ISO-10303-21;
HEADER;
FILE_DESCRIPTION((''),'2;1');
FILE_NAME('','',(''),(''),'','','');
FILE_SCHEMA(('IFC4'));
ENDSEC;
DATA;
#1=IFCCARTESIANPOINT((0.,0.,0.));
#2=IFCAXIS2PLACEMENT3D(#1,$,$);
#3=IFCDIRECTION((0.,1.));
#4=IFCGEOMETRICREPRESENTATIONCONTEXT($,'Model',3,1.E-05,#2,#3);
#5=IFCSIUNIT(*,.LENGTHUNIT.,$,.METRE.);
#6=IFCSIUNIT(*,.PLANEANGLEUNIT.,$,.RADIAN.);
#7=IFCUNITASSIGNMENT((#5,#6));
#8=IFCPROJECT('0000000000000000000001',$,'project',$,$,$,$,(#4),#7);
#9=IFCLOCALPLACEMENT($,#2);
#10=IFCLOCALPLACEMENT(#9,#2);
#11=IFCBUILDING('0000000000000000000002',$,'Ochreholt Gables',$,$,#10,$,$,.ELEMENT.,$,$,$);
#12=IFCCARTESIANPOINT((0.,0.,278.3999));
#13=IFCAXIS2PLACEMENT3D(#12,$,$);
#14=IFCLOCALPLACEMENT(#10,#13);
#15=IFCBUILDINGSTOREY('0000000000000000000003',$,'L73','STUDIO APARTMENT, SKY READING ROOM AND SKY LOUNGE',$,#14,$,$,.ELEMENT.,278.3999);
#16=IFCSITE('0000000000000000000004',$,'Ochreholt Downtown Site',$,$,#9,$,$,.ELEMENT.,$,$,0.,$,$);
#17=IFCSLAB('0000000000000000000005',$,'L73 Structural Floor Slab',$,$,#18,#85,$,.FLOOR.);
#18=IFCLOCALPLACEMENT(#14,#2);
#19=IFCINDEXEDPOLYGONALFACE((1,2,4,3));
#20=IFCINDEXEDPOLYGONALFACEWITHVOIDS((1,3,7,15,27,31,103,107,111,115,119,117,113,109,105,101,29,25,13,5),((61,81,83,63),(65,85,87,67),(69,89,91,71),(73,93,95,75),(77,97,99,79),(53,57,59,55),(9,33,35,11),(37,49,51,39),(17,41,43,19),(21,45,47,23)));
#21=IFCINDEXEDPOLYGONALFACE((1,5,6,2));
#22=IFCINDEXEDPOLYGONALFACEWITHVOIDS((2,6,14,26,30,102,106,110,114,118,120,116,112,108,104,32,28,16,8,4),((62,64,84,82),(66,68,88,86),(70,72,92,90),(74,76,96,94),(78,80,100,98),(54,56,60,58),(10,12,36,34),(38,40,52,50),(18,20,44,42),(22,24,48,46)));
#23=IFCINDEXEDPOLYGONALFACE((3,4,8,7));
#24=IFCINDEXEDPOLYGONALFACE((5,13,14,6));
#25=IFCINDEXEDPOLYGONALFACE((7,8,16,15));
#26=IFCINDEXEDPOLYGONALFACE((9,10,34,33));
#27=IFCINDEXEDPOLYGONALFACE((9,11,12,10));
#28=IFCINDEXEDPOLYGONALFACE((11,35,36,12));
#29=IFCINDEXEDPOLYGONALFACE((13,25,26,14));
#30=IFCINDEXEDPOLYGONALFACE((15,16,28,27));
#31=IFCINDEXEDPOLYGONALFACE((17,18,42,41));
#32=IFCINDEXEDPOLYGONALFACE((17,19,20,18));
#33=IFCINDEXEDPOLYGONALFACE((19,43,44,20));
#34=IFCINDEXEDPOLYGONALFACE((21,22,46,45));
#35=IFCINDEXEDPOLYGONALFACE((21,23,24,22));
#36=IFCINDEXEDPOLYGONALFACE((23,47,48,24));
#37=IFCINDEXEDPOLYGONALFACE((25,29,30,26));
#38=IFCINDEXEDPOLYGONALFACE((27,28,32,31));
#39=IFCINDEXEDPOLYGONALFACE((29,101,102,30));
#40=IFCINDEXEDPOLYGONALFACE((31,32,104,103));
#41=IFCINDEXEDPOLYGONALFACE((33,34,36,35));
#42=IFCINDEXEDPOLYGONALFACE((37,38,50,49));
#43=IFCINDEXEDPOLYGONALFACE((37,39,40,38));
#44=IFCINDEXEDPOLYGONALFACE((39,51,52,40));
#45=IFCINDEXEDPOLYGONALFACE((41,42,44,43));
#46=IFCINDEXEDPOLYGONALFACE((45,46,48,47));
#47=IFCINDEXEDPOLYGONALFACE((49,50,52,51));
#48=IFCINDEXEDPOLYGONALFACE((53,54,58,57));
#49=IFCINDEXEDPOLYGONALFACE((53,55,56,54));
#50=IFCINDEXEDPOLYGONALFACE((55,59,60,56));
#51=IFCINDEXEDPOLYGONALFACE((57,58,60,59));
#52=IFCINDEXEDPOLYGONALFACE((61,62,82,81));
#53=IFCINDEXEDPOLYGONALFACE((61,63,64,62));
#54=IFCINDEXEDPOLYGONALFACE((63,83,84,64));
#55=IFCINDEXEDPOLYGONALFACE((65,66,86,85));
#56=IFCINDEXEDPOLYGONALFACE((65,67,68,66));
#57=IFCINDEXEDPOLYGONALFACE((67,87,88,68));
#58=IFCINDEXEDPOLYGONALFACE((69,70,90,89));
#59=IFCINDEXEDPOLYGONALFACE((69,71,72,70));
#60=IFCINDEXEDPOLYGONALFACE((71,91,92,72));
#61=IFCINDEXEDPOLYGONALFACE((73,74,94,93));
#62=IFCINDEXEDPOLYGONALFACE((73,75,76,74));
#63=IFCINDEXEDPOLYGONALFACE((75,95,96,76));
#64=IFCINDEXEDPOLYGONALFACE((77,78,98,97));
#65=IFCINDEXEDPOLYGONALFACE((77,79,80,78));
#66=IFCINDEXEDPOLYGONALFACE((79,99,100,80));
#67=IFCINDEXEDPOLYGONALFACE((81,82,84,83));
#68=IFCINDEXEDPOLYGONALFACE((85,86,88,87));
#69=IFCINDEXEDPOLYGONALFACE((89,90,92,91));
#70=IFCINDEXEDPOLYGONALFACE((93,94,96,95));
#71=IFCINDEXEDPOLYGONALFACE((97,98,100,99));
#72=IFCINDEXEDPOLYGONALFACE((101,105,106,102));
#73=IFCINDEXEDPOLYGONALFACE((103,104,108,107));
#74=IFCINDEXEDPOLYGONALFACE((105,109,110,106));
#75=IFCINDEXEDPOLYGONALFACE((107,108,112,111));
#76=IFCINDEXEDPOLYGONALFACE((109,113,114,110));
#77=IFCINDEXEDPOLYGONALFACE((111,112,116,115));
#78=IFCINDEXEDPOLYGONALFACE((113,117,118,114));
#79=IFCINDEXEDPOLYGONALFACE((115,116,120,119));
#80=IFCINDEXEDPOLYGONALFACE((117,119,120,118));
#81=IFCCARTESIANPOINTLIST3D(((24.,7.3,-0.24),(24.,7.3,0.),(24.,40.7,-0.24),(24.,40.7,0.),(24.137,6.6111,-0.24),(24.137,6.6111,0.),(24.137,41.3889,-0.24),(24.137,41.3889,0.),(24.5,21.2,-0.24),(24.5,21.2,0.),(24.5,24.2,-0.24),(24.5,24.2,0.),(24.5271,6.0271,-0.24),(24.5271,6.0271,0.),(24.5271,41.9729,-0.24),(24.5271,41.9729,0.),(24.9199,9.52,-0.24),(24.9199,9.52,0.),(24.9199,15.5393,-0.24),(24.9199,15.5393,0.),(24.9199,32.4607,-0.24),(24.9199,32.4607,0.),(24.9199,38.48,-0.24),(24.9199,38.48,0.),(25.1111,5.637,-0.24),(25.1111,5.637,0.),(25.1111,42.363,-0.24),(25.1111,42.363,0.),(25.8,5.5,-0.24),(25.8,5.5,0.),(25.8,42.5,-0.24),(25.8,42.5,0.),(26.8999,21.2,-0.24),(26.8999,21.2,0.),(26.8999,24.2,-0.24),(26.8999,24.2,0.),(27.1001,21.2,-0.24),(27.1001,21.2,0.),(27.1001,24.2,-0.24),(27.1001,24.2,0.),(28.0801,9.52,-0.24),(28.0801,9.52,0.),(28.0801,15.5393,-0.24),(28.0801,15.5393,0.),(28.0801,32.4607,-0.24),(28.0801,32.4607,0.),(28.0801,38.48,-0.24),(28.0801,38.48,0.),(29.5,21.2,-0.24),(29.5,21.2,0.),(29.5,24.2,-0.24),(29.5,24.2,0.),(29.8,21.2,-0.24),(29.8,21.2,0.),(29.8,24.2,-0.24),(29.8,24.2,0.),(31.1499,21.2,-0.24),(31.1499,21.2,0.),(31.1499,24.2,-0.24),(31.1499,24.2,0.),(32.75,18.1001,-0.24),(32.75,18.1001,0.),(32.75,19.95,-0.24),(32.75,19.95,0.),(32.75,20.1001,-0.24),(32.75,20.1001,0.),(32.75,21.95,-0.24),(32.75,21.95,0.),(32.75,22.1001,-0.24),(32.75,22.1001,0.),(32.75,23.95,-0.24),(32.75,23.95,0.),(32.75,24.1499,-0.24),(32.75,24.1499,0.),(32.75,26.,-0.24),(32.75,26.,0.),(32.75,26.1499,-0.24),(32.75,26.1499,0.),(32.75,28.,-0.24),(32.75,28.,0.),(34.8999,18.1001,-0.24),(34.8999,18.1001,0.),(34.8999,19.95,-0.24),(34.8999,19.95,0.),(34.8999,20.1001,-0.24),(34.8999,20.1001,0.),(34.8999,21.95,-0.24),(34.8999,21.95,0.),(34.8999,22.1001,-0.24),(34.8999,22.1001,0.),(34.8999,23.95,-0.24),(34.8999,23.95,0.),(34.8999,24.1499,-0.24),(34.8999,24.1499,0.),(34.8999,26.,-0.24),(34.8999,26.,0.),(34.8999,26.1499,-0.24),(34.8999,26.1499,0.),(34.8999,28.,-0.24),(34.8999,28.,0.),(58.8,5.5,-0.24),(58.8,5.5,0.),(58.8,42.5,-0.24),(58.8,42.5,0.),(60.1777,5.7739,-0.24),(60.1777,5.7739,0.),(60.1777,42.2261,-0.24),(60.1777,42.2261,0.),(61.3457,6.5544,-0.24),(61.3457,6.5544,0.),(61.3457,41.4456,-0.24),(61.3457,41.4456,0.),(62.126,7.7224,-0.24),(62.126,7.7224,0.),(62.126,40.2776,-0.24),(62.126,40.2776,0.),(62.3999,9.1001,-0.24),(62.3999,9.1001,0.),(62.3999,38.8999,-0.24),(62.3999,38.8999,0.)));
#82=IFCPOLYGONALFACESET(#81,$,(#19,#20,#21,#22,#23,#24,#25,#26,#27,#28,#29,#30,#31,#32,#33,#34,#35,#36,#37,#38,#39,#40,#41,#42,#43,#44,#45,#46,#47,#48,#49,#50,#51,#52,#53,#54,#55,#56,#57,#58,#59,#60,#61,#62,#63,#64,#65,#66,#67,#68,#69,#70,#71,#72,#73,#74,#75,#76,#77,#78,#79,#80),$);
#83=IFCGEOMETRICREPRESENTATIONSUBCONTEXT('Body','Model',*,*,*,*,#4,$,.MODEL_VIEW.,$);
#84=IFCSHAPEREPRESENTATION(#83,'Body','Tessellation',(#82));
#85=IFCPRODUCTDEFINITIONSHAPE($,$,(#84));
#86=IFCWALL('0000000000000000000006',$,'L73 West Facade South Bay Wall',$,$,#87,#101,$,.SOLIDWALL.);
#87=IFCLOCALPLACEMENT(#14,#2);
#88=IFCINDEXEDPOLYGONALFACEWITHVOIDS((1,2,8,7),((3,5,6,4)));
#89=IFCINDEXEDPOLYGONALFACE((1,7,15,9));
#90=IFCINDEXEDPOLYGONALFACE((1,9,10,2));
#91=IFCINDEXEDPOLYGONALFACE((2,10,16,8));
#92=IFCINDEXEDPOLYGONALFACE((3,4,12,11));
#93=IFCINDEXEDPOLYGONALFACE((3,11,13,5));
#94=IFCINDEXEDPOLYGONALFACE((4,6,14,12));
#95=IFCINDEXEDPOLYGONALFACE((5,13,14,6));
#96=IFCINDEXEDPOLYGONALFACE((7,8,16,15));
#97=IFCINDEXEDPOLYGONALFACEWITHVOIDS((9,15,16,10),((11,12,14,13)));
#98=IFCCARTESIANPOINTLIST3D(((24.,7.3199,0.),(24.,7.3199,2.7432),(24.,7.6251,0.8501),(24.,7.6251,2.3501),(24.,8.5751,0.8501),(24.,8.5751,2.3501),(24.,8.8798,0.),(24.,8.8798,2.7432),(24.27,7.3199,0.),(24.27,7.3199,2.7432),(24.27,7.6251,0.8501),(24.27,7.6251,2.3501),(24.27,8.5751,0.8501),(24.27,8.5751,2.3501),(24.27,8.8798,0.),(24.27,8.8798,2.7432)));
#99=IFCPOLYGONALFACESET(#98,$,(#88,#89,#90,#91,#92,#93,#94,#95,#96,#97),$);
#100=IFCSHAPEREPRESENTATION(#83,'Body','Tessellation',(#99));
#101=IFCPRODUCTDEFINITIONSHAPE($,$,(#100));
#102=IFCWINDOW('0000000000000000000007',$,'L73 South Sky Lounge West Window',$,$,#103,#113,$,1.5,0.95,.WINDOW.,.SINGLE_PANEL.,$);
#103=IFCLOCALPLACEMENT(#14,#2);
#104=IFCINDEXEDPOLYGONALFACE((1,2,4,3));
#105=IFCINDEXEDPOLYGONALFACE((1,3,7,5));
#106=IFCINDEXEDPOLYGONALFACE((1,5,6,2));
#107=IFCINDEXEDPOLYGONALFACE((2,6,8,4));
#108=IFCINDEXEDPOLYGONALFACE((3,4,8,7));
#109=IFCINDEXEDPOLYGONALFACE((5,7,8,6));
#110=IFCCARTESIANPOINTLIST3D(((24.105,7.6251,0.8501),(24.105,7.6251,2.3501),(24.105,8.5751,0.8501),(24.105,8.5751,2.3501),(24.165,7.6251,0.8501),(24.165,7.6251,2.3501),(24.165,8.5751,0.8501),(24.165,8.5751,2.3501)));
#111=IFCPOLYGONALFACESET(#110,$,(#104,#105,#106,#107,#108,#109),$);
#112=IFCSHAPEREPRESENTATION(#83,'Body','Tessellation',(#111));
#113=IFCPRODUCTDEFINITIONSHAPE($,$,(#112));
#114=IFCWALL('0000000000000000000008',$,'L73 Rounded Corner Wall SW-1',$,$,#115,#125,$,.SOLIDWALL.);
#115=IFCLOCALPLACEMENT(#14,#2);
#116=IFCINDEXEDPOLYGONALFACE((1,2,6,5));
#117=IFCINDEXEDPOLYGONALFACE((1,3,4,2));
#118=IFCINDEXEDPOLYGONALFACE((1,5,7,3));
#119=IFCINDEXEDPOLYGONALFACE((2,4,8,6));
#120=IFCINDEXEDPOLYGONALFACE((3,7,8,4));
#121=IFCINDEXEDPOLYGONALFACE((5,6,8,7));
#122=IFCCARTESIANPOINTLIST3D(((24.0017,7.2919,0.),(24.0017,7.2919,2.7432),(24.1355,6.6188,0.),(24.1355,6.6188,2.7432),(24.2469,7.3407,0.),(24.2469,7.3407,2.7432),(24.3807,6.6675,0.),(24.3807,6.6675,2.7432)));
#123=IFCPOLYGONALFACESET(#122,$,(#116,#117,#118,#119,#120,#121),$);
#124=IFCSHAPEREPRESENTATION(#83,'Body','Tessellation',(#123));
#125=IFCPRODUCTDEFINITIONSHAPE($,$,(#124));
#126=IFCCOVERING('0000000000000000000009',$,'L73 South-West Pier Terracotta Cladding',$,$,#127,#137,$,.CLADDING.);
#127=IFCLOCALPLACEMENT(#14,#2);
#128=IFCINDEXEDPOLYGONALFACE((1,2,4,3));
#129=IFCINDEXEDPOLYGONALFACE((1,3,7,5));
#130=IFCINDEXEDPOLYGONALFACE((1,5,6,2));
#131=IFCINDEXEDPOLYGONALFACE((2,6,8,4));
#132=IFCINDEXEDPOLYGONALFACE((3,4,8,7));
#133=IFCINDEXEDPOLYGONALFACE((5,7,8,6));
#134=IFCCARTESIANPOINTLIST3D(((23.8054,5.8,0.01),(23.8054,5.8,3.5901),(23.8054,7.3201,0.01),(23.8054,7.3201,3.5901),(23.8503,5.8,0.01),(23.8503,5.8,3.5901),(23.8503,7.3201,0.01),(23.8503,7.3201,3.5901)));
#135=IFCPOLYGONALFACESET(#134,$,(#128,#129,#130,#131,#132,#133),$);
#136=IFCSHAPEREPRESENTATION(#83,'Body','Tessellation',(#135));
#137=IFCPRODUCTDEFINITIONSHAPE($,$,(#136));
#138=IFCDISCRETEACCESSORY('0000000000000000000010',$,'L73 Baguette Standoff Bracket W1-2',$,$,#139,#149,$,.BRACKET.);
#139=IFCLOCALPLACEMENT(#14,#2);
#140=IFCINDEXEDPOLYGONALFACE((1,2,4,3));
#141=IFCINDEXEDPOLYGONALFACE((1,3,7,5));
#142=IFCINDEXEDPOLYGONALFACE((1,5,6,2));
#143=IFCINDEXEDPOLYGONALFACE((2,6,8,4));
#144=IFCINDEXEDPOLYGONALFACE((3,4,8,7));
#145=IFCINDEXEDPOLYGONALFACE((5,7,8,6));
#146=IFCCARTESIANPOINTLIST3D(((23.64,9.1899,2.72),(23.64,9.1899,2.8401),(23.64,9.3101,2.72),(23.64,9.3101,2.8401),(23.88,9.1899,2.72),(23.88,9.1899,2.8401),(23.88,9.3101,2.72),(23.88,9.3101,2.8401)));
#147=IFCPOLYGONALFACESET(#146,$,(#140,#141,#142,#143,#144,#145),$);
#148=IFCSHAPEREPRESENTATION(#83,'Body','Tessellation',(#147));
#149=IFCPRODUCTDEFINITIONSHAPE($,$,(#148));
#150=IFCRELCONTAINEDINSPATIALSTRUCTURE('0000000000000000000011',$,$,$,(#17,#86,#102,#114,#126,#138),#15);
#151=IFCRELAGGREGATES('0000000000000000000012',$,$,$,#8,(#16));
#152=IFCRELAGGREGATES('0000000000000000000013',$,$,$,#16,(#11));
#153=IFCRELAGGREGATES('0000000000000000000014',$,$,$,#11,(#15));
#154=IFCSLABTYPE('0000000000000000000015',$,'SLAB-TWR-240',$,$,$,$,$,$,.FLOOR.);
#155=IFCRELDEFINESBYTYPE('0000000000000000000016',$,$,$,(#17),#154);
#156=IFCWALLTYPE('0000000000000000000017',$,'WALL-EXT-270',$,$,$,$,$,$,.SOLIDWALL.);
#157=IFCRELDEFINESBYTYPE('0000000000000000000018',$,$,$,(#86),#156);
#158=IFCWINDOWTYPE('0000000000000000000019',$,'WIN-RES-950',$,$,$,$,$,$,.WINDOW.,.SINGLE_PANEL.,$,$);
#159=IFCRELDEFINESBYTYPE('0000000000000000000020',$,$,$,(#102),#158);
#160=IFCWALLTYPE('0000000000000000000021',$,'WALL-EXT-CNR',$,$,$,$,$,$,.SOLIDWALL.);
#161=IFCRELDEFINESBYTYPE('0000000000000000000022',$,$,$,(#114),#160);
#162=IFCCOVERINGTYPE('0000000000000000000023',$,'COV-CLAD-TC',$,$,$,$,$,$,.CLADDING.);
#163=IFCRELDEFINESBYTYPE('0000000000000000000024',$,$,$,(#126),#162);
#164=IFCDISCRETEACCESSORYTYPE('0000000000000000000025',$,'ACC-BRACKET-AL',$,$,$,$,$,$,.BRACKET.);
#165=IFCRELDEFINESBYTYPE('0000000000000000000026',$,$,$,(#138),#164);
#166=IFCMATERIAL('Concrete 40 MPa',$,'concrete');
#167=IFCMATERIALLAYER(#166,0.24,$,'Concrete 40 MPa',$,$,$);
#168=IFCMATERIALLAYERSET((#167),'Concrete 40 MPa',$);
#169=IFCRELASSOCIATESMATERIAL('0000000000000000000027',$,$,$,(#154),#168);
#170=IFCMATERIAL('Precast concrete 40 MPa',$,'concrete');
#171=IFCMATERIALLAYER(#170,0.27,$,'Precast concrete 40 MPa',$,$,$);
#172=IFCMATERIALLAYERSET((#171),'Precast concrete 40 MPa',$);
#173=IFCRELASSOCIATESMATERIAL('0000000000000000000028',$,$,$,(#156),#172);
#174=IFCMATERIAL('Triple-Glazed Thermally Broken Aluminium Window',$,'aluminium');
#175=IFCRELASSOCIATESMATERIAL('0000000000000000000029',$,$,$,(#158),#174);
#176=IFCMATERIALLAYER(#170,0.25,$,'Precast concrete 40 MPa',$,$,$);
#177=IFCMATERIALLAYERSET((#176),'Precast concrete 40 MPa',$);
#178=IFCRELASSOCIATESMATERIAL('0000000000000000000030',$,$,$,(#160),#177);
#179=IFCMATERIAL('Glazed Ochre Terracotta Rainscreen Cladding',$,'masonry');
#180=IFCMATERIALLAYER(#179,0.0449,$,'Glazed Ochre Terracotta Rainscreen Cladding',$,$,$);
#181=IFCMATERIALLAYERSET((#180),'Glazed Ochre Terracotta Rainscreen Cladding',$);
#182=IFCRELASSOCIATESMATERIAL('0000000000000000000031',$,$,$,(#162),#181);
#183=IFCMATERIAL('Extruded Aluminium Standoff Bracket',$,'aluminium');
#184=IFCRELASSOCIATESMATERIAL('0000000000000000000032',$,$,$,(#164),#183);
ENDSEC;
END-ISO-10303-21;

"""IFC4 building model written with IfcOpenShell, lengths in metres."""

from ifc_helpers import new_model, si_unit, direction, frame, frame_2d, origin, origin_2d, place, context, subcontext, project, spatial, polyline, rectangle, outline, extrude, material, layer, layer_set, type_object, element, fill, save


model = new_model("IFC4")

# Units and contexts
model_context = context("Model", 3, precision=1e-05, world=origin(), true_north=direction((0.0, 1.0)))
body_context = subcontext(model_context, "Body", "Model", "MODEL_VIEW")
ifc_project = project(units=[si_unit("LENGTHUNIT", "METRE"), si_unit("PLANEANGLEUNIT", "RADIAN")], contexts=[model_context])

# Site, building, storey
site_placement = place(None, origin())
site = spatial("IfcSite", under=ifc_project, at=site_placement, Name="Ochreholt Downtown Site", CompositionType="ELEMENT", RefElevation=0.0)
building_placement = place(site_placement, origin())
building = spatial("IfcBuilding", under=site, at=building_placement, Name="Ochreholt Gables", CompositionType="ELEMENT")
storey_placement = place(building_placement, frame((0.0, 0.0, 278.3999)))
storey = spatial("IfcBuildingStorey", under=building, at=storey_placement, Name="L73", Description="STUDIO APARTMENT, SKY READING ROOM AND SKY LOUNGE", CompositionType="ELEMENT", Elevation=278.3999)

# Shared definitions
ifc_material_1 = material(Name="Concrete 40 MPa", Category="concrete")

# Slab
ifc_layer_1 = layer(ifc_material_1, 0.24, Name="Concrete 40 MPa")
ifc_layer_set_1 = layer_set([ifc_layer_1], Name="Concrete 40 MPa")
slab_type_1 = type_object("IfcSlabType", Name="SLAB-TWR-240", PredefinedType="FLOOR", material=ifc_layer_set_1)
slab_1_placement = place(storey_placement, frame((0.0, 0.0, -0.24)))
element("IfcSlab", 1, at=slab_1_placement, inside=storey, type_object=slab_type_1, Name="L73 Structural Floor Slab", PredefinedType="FLOOR", context=body_context, shape_type="SweptSolid", body=[
    extrude(outline(polyline([(24.0, 7.3), (24.137, 6.6111), (24.5271, 6.0271), (25.1111, 5.637), (25.8, 5.5), (58.8, 5.5), (60.1777, 5.7739), (61.3457, 6.5544), (62.126, 7.7224), (62.3999, 9.1001), (62.3999, 38.8999), (62.126, 40.2776), (61.3457, 41.4456), (60.1777, 42.2261), (58.8, 42.5), (25.8, 42.5), (25.1111, 42.363), (24.5271, 41.9729), (24.137, 41.3889), (24.0, 40.7), (24.0, 7.3)]), holes=[polyline([(24.9199, 15.5393), (24.9199, 9.52), (28.0801, 9.52), (28.0801, 15.5393), (24.9199, 15.5393)]), polyline([(28.0801, 32.4607), (28.0801, 38.48), (24.9199, 38.48), (24.9199, 32.4607), (28.0801, 32.4607)]), polyline([(24.5, 21.2), (26.8999, 21.2), (26.8999, 24.2), (24.5, 24.2), (24.5, 21.2)]), polyline([(27.1001, 21.2), (29.5, 21.2), (29.5, 24.2), (27.1001, 24.2), (27.1001, 21.2)]), polyline([(32.75, 18.1001), (34.8999, 18.1001), (34.8999, 19.95), (32.75, 19.95), (32.75, 18.1001)]), polyline([(32.75, 20.1001), (34.8999, 20.1001), (34.8999, 21.95), (32.75, 21.95), (32.75, 20.1001)]), polyline([(32.75, 22.1001), (34.8999, 22.1001), (34.8999, 23.95), (32.75, 23.95), (32.75, 22.1001)]), polyline([(32.75, 24.1499), (34.8999, 24.1499), (34.8999, 26.0), (32.75, 26.0), (32.75, 24.1499)]), polyline([(32.75, 26.1499), (34.8999, 26.1499), (34.8999, 28.0), (32.75, 28.0), (32.75, 26.1499)]), polyline([(29.8, 21.2), (31.1499, 21.2), (31.1499, 24.2), (29.8, 24.2), (29.8, 21.2)])]), origin(), (0.0, 0.0, 1.0), 0.24),
])

# Wall, opening, window
ifc_material_2 = material(Name="Precast concrete 40 MPa", Category="concrete")
ifc_layer_2 = layer(ifc_material_2, 0.27, Name="Precast concrete 40 MPa")
ifc_layer_set_2 = layer_set([ifc_layer_2], Name="Precast concrete 40 MPa")
wall_type_1 = type_object("IfcWallType", Name="WALL-EXT-270", PredefinedType="SOLIDWALL", material=ifc_layer_set_2)
wall_1_placement = place(storey_placement, frame((24.135, 7.3201, 0.0), z_axis=(0.0, 0.0, 1.0), x_axis=(0.0, 1.0, 0.0)))
wall_1 = element("IfcWall", 2, at=wall_1_placement, inside=storey, type_object=wall_type_1, Name="L73 West Facade South Bay Wall", PredefinedType="SOLIDWALL", context=body_context, shape_type="SweptSolid", body=[
    extrude(rectangle(XDim=1.5598, YDim=0.27, at=frame_2d((0.7798, 0.0))), origin(), (0.0, 0.0, 1.0), 2.7432),
])
opening_placement = place(wall_1_placement, frame((0.3049, 0.0, 0.8501)))
opening = element("IfcOpeningElement", 3, at=opening_placement, cuts=wall_1, PredefinedType="OPENING", context=body_context, shape_type="SweptSolid", body=[
    extrude(rectangle(XDim=0.95, YDim=1.5, at=frame_2d((0.4751, 0.75))), frame((0.0, 0.145, 0.0), z_axis=(0.0, -1.0, 0.0), x_axis=(1.0, 0.0, 0.0)), (0.0, 0.0, 1.0), 0.29),
])
ifc_material_3 = material(Name="Triple-Glazed Thermally Broken Aluminium Window", Category="aluminium")
window_type = type_object("IfcWindowType", Name="WIN-RES-950", PartitioningType="SINGLE_PANEL", PredefinedType="WINDOW", material=ifc_material_3)
window_placement = place(opening_placement, origin())
window = element("IfcWindow", 4, at=window_placement, inside=storey, type_object=window_type, Name="L73 South Sky Lounge West Window", OverallHeight=1.5, OverallWidth=0.95, PartitioningType="SINGLE_PANEL", PredefinedType="WINDOW", context=body_context, shape_type="SweptSolid", body=[
    extrude(rectangle(XDim=0.95, YDim=1.5, at=frame_2d((0.4751, 0.75))), frame((0.0, 0.03, 0.0), z_axis=(0.0, -1.0, 0.0), x_axis=(1.0, 0.0, 0.0)), (0.0, 0.0, 1.0), 0.0601),
])
fill(opening, window)

# Wall
ifc_layer_3 = layer(ifc_material_2, 0.25, Name="Precast concrete 40 MPa")
ifc_layer_set_3 = layer_set([ifc_layer_3], Name="Precast concrete 40 MPa")
wall_type_2 = type_object("IfcWallType", Name="WALL-EXT-CNR", PredefinedType="SOLIDWALL", material=ifc_layer_set_3)
wall_2_placement = place(storey_placement, frame((24.1243, 7.3164, 0.0), z_axis=(0.0, 0.0, 1.0), x_axis=(0.194953, -0.980813, 0.0)))
element("IfcWall", 5, at=wall_2_placement, inside=storey, type_object=wall_type_2, Name="L73 Rounded Corner Wall SW-1", PredefinedType="SOLIDWALL", context=body_context, shape_type="SweptSolid", body=[
    extrude(rectangle(XDim=0.6863, YDim=0.25, at=frame_2d((0.3433, 0.0))), origin(), (0.0, 0.0, 1.0), 2.7432),
])

# Covering
ifc_material_4 = material(Name="Glazed Ochre Terracotta Rainscreen Cladding", Category="masonry")
ifc_layer_4 = layer(ifc_material_4, 0.0449, Name="Glazed Ochre Terracotta Rainscreen Cladding")
ifc_layer_set_4 = layer_set([ifc_layer_4], Name="Glazed Ochre Terracotta Rainscreen Cladding")
covering_type = type_object("IfcCoveringType", Name="COV-CLAD-TC", PredefinedType="CLADDING", material=ifc_layer_set_4)
covering_placement = place(storey_placement, frame((23.8279, 6.5601, 0.01), z_axis=(0.0, 0.0, 1.0), x_axis=(0.0, 1.0, 0.0)))
element("IfcCovering", 6, at=covering_placement, inside=storey, type_object=covering_type, Name="L73 South-West Pier Terracotta Cladding", PredefinedType="CLADDING", context=body_context, shape_type="SweptSolid", body=[
    extrude(rectangle(XDim=1.52, YDim=0.0449, at=origin_2d()), origin(), (0.0, 0.0, 1.0), 3.5801),
])

# Discrete accessory
ifc_material_5 = material(Name="Extruded Aluminium Standoff Bracket", Category="aluminium")
discrete_accessory_type = type_object("IfcDiscreteAccessoryType", Name="ACC-BRACKET-AL", PredefinedType="BRACKET", material=ifc_material_5)
discrete_accessory_placement = place(storey_placement, frame((23.76, 9.25, 2.72), z_axis=(0.0, 0.0, 1.0), x_axis=(0.0, -1.0, 0.0)))
element("IfcDiscreteAccessory", 7, at=discrete_accessory_placement, inside=storey, type_object=discrete_accessory_type, Name="L73 Baguette Standoff Bracket W1-2", PredefinedType="BRACKET", context=body_context, shape_type="SweptSolid", body=[
    extrude(rectangle(XDim=0.1201, YDim=0.24, at=origin_2d()), origin(), (0.0, 0.0, 1.0), 0.1201),
])

save(model, "model.ifc")
